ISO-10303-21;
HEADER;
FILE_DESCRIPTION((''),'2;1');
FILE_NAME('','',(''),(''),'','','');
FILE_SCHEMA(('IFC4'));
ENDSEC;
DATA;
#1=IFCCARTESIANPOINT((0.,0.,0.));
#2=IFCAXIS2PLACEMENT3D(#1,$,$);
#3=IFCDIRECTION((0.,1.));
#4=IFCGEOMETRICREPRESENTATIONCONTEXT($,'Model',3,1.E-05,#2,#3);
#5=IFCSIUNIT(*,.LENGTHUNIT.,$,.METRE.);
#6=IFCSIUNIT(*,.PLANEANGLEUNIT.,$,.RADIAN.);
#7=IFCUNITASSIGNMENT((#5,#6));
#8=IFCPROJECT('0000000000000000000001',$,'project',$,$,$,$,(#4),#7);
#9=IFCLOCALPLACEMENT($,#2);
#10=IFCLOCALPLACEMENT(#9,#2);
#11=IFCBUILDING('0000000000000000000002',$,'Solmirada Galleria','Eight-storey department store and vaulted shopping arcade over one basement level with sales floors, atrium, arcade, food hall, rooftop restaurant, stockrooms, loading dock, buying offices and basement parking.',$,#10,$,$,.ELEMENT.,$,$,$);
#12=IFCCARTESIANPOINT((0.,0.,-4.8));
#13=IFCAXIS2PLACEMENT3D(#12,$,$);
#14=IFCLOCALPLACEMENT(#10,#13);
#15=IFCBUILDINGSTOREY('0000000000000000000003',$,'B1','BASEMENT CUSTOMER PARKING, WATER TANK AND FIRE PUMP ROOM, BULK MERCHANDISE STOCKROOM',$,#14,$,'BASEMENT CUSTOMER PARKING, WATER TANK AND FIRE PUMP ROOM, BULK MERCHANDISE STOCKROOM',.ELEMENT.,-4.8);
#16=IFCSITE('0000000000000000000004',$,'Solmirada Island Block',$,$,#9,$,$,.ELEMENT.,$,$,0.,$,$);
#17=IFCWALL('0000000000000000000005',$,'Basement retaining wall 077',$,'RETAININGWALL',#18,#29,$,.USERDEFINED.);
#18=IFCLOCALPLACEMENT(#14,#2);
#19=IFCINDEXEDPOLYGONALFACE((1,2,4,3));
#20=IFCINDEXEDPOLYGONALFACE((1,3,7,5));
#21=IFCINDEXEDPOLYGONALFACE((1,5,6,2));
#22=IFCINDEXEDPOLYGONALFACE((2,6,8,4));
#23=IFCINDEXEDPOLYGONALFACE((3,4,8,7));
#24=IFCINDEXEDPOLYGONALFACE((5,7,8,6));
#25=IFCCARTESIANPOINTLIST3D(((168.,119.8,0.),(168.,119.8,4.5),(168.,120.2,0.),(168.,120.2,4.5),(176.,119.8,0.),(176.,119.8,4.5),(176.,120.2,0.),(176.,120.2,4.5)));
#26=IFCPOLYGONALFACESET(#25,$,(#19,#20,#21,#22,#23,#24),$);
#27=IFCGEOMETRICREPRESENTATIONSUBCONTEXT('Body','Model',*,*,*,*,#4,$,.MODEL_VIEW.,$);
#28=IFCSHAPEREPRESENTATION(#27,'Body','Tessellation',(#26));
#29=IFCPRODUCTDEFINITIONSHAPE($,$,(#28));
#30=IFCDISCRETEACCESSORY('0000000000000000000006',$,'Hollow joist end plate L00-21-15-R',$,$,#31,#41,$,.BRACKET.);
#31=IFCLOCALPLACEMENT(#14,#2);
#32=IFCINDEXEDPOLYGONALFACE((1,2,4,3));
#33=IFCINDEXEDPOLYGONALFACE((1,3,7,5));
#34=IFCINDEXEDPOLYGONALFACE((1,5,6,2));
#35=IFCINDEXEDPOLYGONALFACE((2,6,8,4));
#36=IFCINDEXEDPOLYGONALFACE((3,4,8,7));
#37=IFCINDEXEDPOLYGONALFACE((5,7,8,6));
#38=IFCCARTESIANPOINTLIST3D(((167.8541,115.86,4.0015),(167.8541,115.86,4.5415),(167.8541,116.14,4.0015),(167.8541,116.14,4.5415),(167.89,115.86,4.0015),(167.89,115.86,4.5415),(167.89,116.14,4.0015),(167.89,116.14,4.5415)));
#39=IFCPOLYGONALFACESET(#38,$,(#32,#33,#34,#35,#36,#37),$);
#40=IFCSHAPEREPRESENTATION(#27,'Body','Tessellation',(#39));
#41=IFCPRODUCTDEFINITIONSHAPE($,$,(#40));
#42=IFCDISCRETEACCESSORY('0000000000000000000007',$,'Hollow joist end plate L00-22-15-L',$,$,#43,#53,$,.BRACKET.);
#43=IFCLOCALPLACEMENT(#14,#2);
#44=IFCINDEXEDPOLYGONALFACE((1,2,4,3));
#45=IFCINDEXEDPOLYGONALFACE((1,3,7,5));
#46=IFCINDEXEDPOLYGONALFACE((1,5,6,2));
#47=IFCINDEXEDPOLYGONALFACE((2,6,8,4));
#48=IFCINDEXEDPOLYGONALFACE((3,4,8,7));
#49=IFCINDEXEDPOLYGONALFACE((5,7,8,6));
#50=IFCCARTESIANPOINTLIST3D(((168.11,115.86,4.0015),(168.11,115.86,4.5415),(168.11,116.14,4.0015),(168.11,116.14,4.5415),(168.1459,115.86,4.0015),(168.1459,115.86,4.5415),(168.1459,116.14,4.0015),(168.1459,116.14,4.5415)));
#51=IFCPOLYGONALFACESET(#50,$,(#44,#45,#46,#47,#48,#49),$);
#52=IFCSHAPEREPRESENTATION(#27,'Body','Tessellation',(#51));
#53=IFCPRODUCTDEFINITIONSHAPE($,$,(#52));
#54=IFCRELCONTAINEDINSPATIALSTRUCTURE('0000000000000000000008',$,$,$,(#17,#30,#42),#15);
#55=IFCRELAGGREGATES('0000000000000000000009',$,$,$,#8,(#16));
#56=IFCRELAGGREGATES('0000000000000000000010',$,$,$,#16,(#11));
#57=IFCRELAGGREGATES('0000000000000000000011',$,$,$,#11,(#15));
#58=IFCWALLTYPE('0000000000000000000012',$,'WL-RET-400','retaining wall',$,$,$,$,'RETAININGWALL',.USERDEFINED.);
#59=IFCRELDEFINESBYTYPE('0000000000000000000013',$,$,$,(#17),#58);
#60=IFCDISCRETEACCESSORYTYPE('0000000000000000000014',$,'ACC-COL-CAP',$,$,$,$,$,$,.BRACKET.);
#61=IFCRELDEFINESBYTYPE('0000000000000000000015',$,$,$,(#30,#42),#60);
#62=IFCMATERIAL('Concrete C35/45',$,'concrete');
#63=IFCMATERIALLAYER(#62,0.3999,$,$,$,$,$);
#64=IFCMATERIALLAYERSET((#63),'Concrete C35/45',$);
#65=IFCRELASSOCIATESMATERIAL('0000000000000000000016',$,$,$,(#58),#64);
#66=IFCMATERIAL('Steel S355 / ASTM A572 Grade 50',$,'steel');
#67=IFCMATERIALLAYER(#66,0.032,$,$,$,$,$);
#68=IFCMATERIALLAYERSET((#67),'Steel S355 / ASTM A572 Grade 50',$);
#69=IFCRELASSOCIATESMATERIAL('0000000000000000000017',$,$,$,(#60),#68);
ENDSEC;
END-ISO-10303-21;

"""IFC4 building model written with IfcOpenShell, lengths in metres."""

from ifc_helpers import new_model, si_unit, direction, frame, frame_2d, origin, origin_2d, place, context, subcontext, project, spatial, rectangle, extrude, material, layer, layer_set, type_object, element, save


model = new_model("IFC4")

# Units and contexts
model_context = context("Model", 3, precision=1e-05, world=origin(), true_north=direction((0.0, 1.0)))
body_context = subcontext(model_context, "Body", "Model", "MODEL_VIEW")
ifc_project = project(units=[si_unit("LENGTHUNIT", "METRE"), si_unit("PLANEANGLEUNIT", "RADIAN")], contexts=[model_context])

# Site, building, storey
site_placement = place(None, origin())
site = spatial("IfcSite", under=ifc_project, at=site_placement, Name="Solmirada Island Block", CompositionType="ELEMENT", RefElevation=0.0)
building_placement = place(site_placement, origin())
building = spatial("IfcBuilding", under=site, at=building_placement, Name="Solmirada Galleria", Description="Eight-storey department store and vaulted shopping arcade over one basement level with sales floors, atrium, arcade, food hall, rooftop restaurant, stockrooms, loading dock, buying offices and basement parking.", CompositionType="ELEMENT")
storey_placement = place(building_placement, frame((0.0, 0.0, -4.8)))
storey = spatial("IfcBuildingStorey", under=building, at=storey_placement, Name="B1", Description="BASEMENT CUSTOMER PARKING, WATER TANK AND FIRE PUMP ROOM, BULK MERCHANDISE STOCKROOM", LongName="BASEMENT CUSTOMER PARKING, WATER TANK AND FIRE PUMP ROOM, BULK MERCHANDISE STOCKROOM", CompositionType="ELEMENT", Elevation=-4.8)

# Shared definitions
ifc_material_1 = material(Name="Concrete C35/45", Category="concrete")

# Wall
ifc_layer_1 = layer(ifc_material_1, 0.3999)
ifc_layer_set_1 = layer_set([ifc_layer_1], Name="Concrete C35/45")
wall_type = type_object("IfcWallType", Name="WL-RET-400", Description="retaining wall", ElementType="RETAININGWALL", PredefinedType="USERDEFINED", material=ifc_layer_set_1)
wall_placement = place(storey_placement, frame((168.0, 120.0, 0.0), z_axis=(0.0, 0.0, 1.0), x_axis=(1.0, 0.0, 0.0)))
element("IfcWall", 1, at=wall_placement, inside=storey, type_object=wall_type, Name="Basement retaining wall 077", ObjectType="RETAININGWALL", PredefinedType="USERDEFINED", context=body_context, shape_type="SweptSolid", body=[
    extrude(rectangle(XDim=8.0, YDim=0.3999, at=frame_2d((4.0, 0.0))), origin(), (0.0, 0.0, 1.0), 4.5),
])

# Discrete accessories
ifc_material_2 = material(Name="Steel S355 / ASTM A572 Grade 50", Category="steel")
ifc_layer_2 = layer(ifc_material_2, 0.032)
ifc_layer_set_2 = layer_set([ifc_layer_2], Name="Steel S355 / ASTM A572 Grade 50")
discrete_accessory_type = type_object("IfcDiscreteAccessoryType", Name="ACC-COL-CAP", PredefinedType="BRACKET", material=ifc_layer_set_2)
for number, where, z_axis, x_axis, name in (
    (2, (167.8721, 116.0, 4.0015), (0.0, 0.0, 1.0), (1.0, 0.0, 0.0), "Hollow joist end plate L00-21-15-R"),
    (3, (168.1279, 116.0, 4.0015), (0.0, 0.0, 1.0), (1.0, 0.0, 0.0), "Hollow joist end plate L00-22-15-L"),
):
    element("IfcDiscreteAccessory", number, at=place(storey_placement, frame(where, z_axis=z_axis, x_axis=x_axis)), inside=storey, type_object=discrete_accessory_type, Name=name, PredefinedType="BRACKET", context=body_context, shape_type="SweptSolid", body=[
        extrude(rectangle(XDim=0.0359, YDim=0.28, at=origin_2d()), origin(), (0.0, 0.0, 1.0), 0.54),
    ])

save(model, "model.ifc")
